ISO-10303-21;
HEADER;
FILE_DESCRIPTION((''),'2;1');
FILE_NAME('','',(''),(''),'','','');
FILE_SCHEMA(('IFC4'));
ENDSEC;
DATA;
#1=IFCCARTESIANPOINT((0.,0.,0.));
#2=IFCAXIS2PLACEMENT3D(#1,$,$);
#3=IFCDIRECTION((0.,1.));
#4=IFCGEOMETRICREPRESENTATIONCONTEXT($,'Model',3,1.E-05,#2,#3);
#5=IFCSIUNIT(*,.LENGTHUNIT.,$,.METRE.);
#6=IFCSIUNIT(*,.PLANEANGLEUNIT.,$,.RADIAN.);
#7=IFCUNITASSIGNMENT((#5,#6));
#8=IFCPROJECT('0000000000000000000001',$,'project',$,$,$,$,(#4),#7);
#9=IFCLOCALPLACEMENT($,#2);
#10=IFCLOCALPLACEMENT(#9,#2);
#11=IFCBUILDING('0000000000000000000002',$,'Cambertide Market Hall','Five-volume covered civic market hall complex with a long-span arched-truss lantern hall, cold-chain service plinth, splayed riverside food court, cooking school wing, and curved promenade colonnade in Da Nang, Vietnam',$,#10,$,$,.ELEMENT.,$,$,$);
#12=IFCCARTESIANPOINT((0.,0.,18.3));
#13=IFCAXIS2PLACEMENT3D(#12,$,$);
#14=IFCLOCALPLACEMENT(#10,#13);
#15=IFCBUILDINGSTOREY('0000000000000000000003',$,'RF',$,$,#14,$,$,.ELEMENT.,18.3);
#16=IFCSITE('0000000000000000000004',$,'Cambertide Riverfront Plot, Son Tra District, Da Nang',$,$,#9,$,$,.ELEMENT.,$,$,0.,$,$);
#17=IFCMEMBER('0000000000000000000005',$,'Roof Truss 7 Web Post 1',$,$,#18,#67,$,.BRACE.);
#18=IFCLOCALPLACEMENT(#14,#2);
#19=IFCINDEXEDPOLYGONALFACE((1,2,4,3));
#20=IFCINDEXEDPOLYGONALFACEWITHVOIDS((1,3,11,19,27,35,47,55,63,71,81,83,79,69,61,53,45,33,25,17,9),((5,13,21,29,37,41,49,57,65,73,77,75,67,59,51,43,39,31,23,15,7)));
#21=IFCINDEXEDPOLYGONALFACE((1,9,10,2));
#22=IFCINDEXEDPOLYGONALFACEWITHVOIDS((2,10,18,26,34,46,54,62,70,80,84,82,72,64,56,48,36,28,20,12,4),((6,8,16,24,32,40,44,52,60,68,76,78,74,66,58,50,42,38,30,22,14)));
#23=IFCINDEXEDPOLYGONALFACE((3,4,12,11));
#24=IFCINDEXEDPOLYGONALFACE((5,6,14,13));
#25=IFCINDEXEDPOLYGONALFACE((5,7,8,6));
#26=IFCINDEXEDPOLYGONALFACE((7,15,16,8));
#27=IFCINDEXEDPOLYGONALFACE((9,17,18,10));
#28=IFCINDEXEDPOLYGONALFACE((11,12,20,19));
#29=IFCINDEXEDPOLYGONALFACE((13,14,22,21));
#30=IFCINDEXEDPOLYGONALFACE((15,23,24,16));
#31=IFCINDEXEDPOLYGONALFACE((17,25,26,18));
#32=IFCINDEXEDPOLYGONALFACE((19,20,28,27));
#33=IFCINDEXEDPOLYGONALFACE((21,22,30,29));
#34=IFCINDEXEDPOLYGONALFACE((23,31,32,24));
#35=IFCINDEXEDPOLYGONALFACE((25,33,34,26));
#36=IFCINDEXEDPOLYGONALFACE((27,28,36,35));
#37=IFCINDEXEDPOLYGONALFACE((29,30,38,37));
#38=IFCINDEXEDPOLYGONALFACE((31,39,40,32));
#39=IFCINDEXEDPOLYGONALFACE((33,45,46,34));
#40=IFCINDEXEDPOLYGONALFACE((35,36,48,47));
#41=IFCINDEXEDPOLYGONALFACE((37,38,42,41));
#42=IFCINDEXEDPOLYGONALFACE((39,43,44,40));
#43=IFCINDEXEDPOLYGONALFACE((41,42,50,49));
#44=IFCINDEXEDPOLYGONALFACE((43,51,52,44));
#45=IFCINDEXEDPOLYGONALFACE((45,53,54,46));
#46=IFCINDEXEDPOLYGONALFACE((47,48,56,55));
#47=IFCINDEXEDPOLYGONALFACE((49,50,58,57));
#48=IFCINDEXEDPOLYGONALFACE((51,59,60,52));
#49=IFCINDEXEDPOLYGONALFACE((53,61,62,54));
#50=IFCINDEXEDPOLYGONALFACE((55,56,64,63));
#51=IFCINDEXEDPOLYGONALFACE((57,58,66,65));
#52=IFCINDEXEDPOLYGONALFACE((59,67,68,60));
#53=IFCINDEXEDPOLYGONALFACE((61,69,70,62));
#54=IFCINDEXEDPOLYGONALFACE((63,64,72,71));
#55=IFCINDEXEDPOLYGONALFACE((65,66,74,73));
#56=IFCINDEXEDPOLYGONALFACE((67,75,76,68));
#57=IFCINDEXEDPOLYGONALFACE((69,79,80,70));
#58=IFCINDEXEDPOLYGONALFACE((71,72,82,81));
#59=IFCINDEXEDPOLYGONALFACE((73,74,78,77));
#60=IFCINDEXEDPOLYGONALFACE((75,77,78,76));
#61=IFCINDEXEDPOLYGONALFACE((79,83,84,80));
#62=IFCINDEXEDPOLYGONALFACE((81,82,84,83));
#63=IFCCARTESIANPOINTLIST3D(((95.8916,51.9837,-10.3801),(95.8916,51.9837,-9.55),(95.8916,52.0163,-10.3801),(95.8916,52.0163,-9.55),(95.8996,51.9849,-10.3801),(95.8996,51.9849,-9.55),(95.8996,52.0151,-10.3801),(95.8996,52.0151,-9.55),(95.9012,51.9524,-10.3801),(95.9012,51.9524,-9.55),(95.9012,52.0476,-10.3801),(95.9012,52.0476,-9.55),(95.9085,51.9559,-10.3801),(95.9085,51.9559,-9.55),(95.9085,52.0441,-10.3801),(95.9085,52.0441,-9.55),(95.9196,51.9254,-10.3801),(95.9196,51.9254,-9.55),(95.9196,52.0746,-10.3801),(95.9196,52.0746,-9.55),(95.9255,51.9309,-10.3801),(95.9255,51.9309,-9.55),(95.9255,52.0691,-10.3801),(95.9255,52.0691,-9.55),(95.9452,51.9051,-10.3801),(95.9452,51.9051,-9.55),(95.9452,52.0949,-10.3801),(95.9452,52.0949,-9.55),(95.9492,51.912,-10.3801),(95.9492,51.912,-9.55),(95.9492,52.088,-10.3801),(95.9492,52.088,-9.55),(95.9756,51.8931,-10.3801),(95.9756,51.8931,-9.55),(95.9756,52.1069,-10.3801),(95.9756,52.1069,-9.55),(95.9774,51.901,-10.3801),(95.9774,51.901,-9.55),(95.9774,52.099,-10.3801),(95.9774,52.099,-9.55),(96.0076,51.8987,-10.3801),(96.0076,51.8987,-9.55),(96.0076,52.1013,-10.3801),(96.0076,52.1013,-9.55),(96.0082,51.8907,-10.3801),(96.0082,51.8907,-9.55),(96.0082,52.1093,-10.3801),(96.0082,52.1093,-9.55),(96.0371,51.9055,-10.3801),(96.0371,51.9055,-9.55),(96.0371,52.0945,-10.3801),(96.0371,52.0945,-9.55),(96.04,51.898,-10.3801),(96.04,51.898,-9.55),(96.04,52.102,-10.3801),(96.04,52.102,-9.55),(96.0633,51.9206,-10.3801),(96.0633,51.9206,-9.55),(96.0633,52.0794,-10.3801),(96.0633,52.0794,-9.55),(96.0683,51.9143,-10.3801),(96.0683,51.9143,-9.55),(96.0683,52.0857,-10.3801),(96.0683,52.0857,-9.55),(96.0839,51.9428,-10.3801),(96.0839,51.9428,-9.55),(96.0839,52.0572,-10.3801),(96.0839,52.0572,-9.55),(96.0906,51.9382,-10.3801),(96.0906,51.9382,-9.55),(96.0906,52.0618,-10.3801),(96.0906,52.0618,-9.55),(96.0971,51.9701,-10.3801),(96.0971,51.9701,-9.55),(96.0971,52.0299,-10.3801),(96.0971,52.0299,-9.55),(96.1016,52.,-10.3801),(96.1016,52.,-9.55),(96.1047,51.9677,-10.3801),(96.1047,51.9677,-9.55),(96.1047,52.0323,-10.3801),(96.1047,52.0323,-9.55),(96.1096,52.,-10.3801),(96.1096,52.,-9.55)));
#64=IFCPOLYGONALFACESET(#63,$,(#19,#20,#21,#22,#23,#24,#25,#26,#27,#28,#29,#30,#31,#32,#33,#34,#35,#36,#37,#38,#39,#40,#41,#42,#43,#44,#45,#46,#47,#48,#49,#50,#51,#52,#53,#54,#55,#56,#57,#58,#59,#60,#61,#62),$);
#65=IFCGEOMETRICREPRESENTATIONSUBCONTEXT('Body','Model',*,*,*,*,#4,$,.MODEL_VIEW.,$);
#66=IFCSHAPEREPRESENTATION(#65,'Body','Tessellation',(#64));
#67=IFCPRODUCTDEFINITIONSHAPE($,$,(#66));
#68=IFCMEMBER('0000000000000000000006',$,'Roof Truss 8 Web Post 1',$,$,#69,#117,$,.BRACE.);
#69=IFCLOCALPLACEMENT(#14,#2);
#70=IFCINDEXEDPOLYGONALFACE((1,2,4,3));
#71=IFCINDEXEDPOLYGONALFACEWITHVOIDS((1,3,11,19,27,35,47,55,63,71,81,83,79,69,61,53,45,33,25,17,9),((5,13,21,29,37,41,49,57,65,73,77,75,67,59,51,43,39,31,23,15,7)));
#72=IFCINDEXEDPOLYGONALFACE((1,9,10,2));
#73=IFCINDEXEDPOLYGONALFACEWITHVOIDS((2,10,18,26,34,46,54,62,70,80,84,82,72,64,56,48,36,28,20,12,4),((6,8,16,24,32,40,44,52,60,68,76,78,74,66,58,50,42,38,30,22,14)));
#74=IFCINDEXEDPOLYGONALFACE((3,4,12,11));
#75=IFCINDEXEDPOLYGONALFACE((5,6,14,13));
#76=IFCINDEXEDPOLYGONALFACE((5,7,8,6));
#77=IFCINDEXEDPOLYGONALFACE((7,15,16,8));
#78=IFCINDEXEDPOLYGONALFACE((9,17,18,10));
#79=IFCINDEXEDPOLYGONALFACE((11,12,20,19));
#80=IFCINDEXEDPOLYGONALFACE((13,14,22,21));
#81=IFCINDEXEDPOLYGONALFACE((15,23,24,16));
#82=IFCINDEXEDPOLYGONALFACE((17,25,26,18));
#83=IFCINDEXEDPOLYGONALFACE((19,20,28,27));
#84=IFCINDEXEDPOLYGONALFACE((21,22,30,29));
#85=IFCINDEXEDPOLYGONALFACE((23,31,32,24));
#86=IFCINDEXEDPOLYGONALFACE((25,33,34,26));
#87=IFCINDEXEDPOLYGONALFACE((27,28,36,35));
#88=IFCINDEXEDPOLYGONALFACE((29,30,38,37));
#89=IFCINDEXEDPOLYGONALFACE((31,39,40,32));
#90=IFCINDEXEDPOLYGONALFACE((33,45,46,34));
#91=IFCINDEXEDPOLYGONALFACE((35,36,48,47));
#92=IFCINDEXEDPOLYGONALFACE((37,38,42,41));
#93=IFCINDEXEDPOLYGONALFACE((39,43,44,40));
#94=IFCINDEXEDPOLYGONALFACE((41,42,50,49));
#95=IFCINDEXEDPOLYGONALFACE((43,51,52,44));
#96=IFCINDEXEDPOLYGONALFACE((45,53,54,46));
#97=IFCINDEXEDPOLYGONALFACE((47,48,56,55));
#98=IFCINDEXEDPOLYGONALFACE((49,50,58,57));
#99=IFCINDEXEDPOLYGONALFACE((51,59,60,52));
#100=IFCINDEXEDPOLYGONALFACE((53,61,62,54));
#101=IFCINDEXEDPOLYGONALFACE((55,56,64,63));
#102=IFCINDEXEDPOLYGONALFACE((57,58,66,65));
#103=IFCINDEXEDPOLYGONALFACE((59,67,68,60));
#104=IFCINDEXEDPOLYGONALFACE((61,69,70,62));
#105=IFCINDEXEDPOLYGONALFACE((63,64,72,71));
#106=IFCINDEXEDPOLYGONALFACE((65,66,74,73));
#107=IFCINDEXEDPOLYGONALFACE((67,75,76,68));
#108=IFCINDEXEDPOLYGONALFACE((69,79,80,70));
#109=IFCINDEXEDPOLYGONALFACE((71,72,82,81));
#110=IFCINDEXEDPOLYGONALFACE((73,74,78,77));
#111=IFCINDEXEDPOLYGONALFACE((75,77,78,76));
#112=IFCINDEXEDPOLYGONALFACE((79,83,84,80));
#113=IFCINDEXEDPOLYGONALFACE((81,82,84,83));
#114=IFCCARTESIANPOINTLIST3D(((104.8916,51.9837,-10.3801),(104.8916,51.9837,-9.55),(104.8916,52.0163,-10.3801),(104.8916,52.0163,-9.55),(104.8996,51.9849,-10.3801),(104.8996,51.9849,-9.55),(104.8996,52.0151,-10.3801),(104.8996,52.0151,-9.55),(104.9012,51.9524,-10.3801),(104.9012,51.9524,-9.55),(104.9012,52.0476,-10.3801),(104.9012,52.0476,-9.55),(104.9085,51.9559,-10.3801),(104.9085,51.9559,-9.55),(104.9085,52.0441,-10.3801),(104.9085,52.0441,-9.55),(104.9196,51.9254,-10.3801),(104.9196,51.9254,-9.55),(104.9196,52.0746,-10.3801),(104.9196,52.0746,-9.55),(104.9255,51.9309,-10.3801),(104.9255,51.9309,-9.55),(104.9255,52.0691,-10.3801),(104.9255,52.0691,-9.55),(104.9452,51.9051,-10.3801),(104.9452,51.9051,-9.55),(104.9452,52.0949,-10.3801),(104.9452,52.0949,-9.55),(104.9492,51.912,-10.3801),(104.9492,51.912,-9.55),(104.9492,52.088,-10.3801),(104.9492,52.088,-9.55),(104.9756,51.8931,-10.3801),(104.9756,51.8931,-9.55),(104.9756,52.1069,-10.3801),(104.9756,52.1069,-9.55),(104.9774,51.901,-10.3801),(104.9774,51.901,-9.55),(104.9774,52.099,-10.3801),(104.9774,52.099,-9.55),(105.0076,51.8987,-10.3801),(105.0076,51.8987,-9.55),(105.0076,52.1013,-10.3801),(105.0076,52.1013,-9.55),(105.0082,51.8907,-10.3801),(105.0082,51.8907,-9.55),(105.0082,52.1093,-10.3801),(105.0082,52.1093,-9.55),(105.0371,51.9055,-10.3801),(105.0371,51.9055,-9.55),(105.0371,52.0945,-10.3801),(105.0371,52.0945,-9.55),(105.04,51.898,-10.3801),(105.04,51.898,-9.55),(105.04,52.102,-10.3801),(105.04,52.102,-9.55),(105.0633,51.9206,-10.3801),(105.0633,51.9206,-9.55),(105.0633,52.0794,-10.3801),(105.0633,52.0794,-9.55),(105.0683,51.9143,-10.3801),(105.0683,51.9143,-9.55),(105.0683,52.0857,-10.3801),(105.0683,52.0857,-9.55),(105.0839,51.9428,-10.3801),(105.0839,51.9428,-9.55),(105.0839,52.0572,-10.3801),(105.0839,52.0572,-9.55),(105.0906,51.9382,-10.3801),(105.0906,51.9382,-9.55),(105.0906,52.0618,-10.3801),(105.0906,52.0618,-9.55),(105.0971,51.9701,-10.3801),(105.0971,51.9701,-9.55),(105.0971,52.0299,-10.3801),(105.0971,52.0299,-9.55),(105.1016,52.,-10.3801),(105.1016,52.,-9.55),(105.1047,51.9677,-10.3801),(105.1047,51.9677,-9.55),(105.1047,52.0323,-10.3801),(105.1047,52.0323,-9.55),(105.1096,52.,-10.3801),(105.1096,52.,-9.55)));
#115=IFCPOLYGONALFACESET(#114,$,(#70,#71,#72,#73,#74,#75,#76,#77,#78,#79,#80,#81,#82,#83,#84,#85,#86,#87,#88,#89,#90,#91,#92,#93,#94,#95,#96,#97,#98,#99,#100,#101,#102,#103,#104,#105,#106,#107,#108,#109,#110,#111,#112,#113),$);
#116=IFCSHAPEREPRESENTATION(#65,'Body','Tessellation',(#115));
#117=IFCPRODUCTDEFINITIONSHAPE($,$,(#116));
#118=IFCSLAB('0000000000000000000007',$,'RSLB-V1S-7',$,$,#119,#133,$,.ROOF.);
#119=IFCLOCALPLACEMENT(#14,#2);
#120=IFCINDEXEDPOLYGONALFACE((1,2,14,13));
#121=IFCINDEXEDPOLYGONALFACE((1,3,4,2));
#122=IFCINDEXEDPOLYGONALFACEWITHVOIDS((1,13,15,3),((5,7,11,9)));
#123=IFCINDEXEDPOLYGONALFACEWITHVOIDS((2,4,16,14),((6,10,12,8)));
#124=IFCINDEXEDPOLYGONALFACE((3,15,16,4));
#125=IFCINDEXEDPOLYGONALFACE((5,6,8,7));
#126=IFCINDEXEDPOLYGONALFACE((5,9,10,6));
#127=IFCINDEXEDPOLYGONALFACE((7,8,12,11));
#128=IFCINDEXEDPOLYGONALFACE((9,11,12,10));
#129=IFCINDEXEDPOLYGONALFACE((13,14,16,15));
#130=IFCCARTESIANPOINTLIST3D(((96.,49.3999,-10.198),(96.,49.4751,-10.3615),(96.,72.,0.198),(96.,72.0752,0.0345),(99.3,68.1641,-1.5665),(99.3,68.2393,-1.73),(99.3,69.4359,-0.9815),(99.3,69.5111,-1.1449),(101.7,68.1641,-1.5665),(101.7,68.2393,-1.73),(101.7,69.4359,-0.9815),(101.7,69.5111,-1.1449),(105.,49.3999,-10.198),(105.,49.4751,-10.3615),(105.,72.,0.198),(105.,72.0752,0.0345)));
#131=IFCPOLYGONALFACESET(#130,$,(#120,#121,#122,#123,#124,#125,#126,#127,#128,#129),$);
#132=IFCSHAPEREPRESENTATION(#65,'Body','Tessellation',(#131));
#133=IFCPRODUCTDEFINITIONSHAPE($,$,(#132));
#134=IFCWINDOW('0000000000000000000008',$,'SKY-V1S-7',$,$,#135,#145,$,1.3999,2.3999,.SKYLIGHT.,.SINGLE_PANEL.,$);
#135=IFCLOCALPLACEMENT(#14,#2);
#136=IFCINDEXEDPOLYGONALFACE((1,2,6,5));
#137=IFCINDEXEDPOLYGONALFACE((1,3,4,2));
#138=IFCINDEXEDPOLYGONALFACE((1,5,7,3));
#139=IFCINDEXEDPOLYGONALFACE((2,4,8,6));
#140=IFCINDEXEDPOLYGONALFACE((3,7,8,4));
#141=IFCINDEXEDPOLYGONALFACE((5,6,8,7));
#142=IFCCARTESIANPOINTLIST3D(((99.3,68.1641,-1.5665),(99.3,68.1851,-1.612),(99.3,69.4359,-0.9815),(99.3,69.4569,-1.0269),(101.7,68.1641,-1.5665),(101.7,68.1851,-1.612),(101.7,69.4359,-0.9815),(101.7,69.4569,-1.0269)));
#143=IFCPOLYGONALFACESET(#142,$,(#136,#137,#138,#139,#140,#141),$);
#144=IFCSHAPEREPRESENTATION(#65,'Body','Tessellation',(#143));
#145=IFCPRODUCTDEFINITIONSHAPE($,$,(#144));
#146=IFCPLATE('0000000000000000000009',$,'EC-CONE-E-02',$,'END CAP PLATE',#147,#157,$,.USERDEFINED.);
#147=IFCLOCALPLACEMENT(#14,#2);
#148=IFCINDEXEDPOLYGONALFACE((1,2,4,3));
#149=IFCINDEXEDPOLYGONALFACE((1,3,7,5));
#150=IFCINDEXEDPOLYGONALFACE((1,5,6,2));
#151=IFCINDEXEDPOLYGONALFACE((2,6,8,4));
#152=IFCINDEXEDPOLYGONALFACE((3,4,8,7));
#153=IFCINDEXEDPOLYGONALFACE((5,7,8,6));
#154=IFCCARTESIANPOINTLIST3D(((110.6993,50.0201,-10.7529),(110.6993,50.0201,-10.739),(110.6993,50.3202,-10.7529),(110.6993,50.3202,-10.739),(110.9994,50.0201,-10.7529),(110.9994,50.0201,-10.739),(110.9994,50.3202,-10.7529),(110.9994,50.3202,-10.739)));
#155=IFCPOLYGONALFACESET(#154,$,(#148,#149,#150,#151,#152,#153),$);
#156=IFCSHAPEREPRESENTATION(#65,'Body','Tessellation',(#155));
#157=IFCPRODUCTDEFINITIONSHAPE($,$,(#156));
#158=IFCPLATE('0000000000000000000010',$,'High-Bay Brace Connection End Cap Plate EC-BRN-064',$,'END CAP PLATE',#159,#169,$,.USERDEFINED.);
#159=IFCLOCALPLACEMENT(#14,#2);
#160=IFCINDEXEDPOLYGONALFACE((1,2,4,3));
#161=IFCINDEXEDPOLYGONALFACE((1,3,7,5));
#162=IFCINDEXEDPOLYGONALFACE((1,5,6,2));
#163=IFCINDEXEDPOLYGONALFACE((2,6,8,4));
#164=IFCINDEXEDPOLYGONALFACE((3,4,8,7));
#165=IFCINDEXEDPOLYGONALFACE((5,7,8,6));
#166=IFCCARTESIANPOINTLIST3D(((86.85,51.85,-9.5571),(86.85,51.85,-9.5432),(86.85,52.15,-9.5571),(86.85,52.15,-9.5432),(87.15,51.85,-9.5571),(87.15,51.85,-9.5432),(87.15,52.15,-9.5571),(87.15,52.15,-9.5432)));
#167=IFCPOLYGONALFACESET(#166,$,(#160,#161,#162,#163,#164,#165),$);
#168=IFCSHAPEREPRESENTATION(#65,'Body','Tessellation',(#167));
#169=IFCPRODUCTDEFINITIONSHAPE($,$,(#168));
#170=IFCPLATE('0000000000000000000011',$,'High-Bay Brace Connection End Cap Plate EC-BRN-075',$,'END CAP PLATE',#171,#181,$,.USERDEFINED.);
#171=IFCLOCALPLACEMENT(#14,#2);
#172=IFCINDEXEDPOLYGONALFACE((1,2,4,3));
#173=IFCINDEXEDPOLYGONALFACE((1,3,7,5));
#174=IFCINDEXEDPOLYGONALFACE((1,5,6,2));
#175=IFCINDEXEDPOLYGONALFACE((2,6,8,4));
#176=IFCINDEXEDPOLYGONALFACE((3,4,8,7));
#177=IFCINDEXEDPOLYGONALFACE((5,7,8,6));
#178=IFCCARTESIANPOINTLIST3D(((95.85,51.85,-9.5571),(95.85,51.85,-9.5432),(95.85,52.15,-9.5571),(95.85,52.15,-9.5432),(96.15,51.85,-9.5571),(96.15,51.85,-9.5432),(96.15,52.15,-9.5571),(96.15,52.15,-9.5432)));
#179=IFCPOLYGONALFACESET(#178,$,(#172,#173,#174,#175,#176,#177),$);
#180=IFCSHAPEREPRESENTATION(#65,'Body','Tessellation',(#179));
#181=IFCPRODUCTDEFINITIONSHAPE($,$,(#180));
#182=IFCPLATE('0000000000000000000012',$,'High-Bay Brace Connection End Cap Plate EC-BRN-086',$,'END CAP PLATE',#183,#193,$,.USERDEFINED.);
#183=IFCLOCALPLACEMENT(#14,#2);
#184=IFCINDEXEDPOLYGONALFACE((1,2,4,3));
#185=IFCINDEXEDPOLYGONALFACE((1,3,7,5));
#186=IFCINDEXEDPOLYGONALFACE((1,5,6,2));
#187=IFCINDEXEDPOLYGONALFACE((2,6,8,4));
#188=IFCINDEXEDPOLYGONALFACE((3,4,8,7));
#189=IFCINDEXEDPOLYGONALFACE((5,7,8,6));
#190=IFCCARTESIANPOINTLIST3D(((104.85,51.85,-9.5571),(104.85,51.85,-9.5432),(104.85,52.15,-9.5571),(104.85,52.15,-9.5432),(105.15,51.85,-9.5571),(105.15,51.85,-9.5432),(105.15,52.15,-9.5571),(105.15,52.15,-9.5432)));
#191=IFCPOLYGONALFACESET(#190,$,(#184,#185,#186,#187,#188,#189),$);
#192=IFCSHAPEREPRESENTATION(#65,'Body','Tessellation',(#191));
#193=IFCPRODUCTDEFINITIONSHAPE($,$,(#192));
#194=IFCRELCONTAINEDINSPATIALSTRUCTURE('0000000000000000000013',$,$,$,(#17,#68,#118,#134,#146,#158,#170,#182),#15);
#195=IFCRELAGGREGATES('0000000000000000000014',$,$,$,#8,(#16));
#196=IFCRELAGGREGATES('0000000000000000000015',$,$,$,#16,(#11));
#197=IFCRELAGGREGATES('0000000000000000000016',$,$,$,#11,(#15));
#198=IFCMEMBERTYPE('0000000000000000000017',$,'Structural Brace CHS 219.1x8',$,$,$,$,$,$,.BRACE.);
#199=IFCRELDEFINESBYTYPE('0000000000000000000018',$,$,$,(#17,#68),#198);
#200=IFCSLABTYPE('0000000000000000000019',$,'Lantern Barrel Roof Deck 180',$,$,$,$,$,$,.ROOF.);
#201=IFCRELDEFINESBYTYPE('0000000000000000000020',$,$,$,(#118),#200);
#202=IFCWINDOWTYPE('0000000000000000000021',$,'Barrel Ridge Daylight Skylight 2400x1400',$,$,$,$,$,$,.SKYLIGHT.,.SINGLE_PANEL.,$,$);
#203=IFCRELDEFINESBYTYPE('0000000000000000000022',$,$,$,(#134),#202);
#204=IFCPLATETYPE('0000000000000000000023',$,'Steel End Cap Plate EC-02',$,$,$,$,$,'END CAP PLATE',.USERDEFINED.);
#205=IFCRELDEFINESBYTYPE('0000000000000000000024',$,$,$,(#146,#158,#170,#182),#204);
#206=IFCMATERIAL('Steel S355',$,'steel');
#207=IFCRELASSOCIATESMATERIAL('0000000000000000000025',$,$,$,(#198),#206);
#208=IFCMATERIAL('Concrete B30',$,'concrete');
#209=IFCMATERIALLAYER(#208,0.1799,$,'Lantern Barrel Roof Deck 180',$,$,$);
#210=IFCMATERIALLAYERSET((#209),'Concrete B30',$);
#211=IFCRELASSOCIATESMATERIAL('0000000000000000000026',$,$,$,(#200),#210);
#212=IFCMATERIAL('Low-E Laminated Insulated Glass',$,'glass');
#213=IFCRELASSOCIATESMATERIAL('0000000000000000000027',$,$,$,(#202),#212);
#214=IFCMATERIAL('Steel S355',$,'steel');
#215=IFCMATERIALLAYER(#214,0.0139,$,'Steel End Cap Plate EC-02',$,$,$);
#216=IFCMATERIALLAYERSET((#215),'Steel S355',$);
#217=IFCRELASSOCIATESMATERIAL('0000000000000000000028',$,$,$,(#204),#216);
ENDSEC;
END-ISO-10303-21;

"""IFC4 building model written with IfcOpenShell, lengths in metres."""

from ifc_helpers import new_model, si_unit, direction, frame, origin, origin_2d, place, context, subcontext, project, spatial, polyline, rectangle, hollow_circle, outline, extrude, material, layer, layer_set, material_profile, profile_set, type_object, element, fill, save


model = new_model("IFC4")

# Units and contexts
model_context = context("Model", 3, precision=1e-05, world=origin(), true_north=direction((0.0, 1.0)))
body_context = subcontext(model_context, "Body", "Model", "MODEL_VIEW")
ifc_project = project(units=[si_unit("LENGTHUNIT", "METRE"), si_unit("PLANEANGLEUNIT", "RADIAN")], contexts=[model_context])

# Site, building, storey
site_placement = place(None, origin())
site = spatial("IfcSite", under=ifc_project, at=site_placement, Name="Cambertide Riverfront Plot, Son Tra District, Da Nang", CompositionType="ELEMENT", RefElevation=0.0)
building_placement = place(site_placement, origin())
building = spatial("IfcBuilding", under=site, at=building_placement, Name="Cambertide Market Hall", Description="Five-volume covered civic market hall complex with a long-span arched-truss lantern hall, cold-chain service plinth, splayed riverside food court, cooking school wing, and curved promenade colonnade in Da Nang, Vietnam", CompositionType="ELEMENT")
storey_placement = place(building_placement, frame((0.0, 0.0, 18.3)))
storey = spatial("IfcBuildingStorey", under=building, at=storey_placement, Name="RF", CompositionType="ELEMENT", Elevation=18.3)

# Members
ifc_material_1 = material(Name="Steel S355", Category="steel")
ifc_material_profile_1 = material_profile(ifc_material_1, hollow_circle(Radius=0.1096, WallThickness=0.0081, at=origin_2d()), Name="CHS 219.1x8")
ifc_profile_set_1 = profile_set([ifc_material_profile_1], Name="Steel S355")
member_type_1 = type_object("IfcMemberType", Name="Structural Brace CHS 219.1x8", PredefinedType="BRACE", material=ifc_profile_set_1)
for number, where, z_axis, x_axis, name in (
    (1, (96.0, 52.0, -10.3801), (0.0, 0.0, 1.0), (1.0, 0.0, 0.0), "Roof Truss 7 Web Post 1"),
    (2, (105.0, 52.0, -10.3801), (0.0, 0.0, 1.0), (1.0, 0.0, 0.0), "Roof Truss 8 Web Post 1"),
):
    element("IfcMember", number, at=place(storey_placement, frame(where, z_axis=z_axis, x_axis=x_axis)), inside=storey, type_object=member_type_1, Name=name, PredefinedType="BRACE", context=body_context, shape_type="SweptSolid", body=[
        extrude(hollow_circle(Radius=0.1096, WallThickness=0.0081, at=origin_2d()), origin(), (0.0, 0.0, 1.0), 0.8301),
    ])

# Slab, opening, window
ifc_material_2 = material(Name="Concrete B30", Category="concrete")
ifc_layer_1 = layer(ifc_material_2, 0.1799, Name="Lantern Barrel Roof Deck 180")
ifc_layer_set_1 = layer_set([ifc_layer_1], Name="Concrete B30")
slab_type_1 = type_object("IfcSlabType", Name="Lantern Barrel Roof Deck 180", PredefinedType="ROOF", material=ifc_layer_set_1)
slab_1_placement = place(storey_placement, frame((96.0, 49.3999, -10.198), z_axis=(0.0, -0.417904, 0.908491), x_axis=(1.0, 0.0, 0.0)))
slab_1 = element("IfcSlab", 3, at=slab_1_placement, inside=storey, type_object=slab_type_1, Name="RSLB-V1S-7", PredefinedType="ROOF", context=body_context, shape_type="SweptSolid", body=[
    extrude(outline(polyline([(0.0, 0.0), (9.0, 0.0), (9.0, 24.8765), (0.0, 24.8765), (0.0, 0.0)])), origin(), (0.0, 0.0, -1.0), 0.1799),
])
opening_placement = place(slab_1_placement, frame((4.5, 21.3542, 0.01), z_axis=(0.0, 0.0, 1.0), x_axis=(1.0, 0.0, 0.0)))
opening = element("IfcOpeningElement", 4, at=opening_placement, cuts=slab_1, PredefinedType="OPENING", context=body_context, shape_type="SweptSolid", body=[
    extrude(rectangle(XDim=2.3999, YDim=1.3999, at=origin_2d()), origin(), (0.0, 0.0, -1.0), 0.2),
])
ifc_material_3 = material(Name="Low-E Laminated Insulated Glass", Category="glass")
window_type = type_object("IfcWindowType", Name="Barrel Ridge Daylight Skylight 2400x1400", PartitioningType="SINGLE_PANEL", PredefinedType="SKYLIGHT", material=ifc_material_3)
window_placement = place(slab_1_placement, frame((4.5, 21.3542, 0.0), z_axis=(0.0, 0.0, 1.0), x_axis=(1.0, 0.0, 0.0)))
window = element("IfcWindow", 5, at=window_placement, inside=storey, type_object=window_type, Name="SKY-V1S-7", OverallHeight=1.3999, OverallWidth=2.3999, PartitioningType="SINGLE_PANEL", PredefinedType="SKYLIGHT", context=body_context, shape_type="SweptSolid", body=[
    extrude(rectangle(XDim=2.3999, YDim=1.3999, at=origin_2d()), origin(), (0.0, 0.0, -1.0), 0.05),
])
fill(opening, window)

# Plates
ifc_material_4 = material(Name="Steel S355", Category="steel")
ifc_layer_2 = layer(ifc_material_4, 0.0139, Name="Steel End Cap Plate EC-02")
ifc_layer_set_2 = layer_set([ifc_layer_2], Name="Steel S355")
plate_type_1 = type_object("IfcPlateType", Name="Steel End Cap Plate EC-02", ElementType="END CAP PLATE", PredefinedType="USERDEFINED", material=ifc_layer_set_2)
for number, where, z_axis, x_axis, name in (
    (6, (110.8494, 50.1702, -10.7529), (0.0, 0.0, 1.0), (1.0, 0.0, 0.0), "EC-CONE-E-02"),
    (7, (87.0, 52.0, -9.5571), (0.0, 0.0, 1.0), (1.0, 0.0, 0.0), "High-Bay Brace Connection End Cap Plate EC-BRN-064"),
    (8, (96.0, 52.0, -9.5571), (0.0, 0.0, 1.0), (1.0, 0.0, 0.0), "High-Bay Brace Connection End Cap Plate EC-BRN-075"),
    (9, (105.0, 52.0, -9.5571), (0.0, 0.0, 1.0), (1.0, 0.0, 0.0), "High-Bay Brace Connection End Cap Plate EC-BRN-086"),
):
    element("IfcPlate", number, at=place(storey_placement, frame(where, z_axis=z_axis, x_axis=x_axis)), inside=storey, type_object=plate_type_1, Name=name, ObjectType="END CAP PLATE", PredefinedType="USERDEFINED", context=body_context, shape_type="SweptSolid", body=[
        extrude(rectangle(XDim=0.3, YDim=0.3, at=origin_2d()), origin(), (0.0, 0.0, 1.0), 0.0139),
    ])

save(model, "model.ifc")
